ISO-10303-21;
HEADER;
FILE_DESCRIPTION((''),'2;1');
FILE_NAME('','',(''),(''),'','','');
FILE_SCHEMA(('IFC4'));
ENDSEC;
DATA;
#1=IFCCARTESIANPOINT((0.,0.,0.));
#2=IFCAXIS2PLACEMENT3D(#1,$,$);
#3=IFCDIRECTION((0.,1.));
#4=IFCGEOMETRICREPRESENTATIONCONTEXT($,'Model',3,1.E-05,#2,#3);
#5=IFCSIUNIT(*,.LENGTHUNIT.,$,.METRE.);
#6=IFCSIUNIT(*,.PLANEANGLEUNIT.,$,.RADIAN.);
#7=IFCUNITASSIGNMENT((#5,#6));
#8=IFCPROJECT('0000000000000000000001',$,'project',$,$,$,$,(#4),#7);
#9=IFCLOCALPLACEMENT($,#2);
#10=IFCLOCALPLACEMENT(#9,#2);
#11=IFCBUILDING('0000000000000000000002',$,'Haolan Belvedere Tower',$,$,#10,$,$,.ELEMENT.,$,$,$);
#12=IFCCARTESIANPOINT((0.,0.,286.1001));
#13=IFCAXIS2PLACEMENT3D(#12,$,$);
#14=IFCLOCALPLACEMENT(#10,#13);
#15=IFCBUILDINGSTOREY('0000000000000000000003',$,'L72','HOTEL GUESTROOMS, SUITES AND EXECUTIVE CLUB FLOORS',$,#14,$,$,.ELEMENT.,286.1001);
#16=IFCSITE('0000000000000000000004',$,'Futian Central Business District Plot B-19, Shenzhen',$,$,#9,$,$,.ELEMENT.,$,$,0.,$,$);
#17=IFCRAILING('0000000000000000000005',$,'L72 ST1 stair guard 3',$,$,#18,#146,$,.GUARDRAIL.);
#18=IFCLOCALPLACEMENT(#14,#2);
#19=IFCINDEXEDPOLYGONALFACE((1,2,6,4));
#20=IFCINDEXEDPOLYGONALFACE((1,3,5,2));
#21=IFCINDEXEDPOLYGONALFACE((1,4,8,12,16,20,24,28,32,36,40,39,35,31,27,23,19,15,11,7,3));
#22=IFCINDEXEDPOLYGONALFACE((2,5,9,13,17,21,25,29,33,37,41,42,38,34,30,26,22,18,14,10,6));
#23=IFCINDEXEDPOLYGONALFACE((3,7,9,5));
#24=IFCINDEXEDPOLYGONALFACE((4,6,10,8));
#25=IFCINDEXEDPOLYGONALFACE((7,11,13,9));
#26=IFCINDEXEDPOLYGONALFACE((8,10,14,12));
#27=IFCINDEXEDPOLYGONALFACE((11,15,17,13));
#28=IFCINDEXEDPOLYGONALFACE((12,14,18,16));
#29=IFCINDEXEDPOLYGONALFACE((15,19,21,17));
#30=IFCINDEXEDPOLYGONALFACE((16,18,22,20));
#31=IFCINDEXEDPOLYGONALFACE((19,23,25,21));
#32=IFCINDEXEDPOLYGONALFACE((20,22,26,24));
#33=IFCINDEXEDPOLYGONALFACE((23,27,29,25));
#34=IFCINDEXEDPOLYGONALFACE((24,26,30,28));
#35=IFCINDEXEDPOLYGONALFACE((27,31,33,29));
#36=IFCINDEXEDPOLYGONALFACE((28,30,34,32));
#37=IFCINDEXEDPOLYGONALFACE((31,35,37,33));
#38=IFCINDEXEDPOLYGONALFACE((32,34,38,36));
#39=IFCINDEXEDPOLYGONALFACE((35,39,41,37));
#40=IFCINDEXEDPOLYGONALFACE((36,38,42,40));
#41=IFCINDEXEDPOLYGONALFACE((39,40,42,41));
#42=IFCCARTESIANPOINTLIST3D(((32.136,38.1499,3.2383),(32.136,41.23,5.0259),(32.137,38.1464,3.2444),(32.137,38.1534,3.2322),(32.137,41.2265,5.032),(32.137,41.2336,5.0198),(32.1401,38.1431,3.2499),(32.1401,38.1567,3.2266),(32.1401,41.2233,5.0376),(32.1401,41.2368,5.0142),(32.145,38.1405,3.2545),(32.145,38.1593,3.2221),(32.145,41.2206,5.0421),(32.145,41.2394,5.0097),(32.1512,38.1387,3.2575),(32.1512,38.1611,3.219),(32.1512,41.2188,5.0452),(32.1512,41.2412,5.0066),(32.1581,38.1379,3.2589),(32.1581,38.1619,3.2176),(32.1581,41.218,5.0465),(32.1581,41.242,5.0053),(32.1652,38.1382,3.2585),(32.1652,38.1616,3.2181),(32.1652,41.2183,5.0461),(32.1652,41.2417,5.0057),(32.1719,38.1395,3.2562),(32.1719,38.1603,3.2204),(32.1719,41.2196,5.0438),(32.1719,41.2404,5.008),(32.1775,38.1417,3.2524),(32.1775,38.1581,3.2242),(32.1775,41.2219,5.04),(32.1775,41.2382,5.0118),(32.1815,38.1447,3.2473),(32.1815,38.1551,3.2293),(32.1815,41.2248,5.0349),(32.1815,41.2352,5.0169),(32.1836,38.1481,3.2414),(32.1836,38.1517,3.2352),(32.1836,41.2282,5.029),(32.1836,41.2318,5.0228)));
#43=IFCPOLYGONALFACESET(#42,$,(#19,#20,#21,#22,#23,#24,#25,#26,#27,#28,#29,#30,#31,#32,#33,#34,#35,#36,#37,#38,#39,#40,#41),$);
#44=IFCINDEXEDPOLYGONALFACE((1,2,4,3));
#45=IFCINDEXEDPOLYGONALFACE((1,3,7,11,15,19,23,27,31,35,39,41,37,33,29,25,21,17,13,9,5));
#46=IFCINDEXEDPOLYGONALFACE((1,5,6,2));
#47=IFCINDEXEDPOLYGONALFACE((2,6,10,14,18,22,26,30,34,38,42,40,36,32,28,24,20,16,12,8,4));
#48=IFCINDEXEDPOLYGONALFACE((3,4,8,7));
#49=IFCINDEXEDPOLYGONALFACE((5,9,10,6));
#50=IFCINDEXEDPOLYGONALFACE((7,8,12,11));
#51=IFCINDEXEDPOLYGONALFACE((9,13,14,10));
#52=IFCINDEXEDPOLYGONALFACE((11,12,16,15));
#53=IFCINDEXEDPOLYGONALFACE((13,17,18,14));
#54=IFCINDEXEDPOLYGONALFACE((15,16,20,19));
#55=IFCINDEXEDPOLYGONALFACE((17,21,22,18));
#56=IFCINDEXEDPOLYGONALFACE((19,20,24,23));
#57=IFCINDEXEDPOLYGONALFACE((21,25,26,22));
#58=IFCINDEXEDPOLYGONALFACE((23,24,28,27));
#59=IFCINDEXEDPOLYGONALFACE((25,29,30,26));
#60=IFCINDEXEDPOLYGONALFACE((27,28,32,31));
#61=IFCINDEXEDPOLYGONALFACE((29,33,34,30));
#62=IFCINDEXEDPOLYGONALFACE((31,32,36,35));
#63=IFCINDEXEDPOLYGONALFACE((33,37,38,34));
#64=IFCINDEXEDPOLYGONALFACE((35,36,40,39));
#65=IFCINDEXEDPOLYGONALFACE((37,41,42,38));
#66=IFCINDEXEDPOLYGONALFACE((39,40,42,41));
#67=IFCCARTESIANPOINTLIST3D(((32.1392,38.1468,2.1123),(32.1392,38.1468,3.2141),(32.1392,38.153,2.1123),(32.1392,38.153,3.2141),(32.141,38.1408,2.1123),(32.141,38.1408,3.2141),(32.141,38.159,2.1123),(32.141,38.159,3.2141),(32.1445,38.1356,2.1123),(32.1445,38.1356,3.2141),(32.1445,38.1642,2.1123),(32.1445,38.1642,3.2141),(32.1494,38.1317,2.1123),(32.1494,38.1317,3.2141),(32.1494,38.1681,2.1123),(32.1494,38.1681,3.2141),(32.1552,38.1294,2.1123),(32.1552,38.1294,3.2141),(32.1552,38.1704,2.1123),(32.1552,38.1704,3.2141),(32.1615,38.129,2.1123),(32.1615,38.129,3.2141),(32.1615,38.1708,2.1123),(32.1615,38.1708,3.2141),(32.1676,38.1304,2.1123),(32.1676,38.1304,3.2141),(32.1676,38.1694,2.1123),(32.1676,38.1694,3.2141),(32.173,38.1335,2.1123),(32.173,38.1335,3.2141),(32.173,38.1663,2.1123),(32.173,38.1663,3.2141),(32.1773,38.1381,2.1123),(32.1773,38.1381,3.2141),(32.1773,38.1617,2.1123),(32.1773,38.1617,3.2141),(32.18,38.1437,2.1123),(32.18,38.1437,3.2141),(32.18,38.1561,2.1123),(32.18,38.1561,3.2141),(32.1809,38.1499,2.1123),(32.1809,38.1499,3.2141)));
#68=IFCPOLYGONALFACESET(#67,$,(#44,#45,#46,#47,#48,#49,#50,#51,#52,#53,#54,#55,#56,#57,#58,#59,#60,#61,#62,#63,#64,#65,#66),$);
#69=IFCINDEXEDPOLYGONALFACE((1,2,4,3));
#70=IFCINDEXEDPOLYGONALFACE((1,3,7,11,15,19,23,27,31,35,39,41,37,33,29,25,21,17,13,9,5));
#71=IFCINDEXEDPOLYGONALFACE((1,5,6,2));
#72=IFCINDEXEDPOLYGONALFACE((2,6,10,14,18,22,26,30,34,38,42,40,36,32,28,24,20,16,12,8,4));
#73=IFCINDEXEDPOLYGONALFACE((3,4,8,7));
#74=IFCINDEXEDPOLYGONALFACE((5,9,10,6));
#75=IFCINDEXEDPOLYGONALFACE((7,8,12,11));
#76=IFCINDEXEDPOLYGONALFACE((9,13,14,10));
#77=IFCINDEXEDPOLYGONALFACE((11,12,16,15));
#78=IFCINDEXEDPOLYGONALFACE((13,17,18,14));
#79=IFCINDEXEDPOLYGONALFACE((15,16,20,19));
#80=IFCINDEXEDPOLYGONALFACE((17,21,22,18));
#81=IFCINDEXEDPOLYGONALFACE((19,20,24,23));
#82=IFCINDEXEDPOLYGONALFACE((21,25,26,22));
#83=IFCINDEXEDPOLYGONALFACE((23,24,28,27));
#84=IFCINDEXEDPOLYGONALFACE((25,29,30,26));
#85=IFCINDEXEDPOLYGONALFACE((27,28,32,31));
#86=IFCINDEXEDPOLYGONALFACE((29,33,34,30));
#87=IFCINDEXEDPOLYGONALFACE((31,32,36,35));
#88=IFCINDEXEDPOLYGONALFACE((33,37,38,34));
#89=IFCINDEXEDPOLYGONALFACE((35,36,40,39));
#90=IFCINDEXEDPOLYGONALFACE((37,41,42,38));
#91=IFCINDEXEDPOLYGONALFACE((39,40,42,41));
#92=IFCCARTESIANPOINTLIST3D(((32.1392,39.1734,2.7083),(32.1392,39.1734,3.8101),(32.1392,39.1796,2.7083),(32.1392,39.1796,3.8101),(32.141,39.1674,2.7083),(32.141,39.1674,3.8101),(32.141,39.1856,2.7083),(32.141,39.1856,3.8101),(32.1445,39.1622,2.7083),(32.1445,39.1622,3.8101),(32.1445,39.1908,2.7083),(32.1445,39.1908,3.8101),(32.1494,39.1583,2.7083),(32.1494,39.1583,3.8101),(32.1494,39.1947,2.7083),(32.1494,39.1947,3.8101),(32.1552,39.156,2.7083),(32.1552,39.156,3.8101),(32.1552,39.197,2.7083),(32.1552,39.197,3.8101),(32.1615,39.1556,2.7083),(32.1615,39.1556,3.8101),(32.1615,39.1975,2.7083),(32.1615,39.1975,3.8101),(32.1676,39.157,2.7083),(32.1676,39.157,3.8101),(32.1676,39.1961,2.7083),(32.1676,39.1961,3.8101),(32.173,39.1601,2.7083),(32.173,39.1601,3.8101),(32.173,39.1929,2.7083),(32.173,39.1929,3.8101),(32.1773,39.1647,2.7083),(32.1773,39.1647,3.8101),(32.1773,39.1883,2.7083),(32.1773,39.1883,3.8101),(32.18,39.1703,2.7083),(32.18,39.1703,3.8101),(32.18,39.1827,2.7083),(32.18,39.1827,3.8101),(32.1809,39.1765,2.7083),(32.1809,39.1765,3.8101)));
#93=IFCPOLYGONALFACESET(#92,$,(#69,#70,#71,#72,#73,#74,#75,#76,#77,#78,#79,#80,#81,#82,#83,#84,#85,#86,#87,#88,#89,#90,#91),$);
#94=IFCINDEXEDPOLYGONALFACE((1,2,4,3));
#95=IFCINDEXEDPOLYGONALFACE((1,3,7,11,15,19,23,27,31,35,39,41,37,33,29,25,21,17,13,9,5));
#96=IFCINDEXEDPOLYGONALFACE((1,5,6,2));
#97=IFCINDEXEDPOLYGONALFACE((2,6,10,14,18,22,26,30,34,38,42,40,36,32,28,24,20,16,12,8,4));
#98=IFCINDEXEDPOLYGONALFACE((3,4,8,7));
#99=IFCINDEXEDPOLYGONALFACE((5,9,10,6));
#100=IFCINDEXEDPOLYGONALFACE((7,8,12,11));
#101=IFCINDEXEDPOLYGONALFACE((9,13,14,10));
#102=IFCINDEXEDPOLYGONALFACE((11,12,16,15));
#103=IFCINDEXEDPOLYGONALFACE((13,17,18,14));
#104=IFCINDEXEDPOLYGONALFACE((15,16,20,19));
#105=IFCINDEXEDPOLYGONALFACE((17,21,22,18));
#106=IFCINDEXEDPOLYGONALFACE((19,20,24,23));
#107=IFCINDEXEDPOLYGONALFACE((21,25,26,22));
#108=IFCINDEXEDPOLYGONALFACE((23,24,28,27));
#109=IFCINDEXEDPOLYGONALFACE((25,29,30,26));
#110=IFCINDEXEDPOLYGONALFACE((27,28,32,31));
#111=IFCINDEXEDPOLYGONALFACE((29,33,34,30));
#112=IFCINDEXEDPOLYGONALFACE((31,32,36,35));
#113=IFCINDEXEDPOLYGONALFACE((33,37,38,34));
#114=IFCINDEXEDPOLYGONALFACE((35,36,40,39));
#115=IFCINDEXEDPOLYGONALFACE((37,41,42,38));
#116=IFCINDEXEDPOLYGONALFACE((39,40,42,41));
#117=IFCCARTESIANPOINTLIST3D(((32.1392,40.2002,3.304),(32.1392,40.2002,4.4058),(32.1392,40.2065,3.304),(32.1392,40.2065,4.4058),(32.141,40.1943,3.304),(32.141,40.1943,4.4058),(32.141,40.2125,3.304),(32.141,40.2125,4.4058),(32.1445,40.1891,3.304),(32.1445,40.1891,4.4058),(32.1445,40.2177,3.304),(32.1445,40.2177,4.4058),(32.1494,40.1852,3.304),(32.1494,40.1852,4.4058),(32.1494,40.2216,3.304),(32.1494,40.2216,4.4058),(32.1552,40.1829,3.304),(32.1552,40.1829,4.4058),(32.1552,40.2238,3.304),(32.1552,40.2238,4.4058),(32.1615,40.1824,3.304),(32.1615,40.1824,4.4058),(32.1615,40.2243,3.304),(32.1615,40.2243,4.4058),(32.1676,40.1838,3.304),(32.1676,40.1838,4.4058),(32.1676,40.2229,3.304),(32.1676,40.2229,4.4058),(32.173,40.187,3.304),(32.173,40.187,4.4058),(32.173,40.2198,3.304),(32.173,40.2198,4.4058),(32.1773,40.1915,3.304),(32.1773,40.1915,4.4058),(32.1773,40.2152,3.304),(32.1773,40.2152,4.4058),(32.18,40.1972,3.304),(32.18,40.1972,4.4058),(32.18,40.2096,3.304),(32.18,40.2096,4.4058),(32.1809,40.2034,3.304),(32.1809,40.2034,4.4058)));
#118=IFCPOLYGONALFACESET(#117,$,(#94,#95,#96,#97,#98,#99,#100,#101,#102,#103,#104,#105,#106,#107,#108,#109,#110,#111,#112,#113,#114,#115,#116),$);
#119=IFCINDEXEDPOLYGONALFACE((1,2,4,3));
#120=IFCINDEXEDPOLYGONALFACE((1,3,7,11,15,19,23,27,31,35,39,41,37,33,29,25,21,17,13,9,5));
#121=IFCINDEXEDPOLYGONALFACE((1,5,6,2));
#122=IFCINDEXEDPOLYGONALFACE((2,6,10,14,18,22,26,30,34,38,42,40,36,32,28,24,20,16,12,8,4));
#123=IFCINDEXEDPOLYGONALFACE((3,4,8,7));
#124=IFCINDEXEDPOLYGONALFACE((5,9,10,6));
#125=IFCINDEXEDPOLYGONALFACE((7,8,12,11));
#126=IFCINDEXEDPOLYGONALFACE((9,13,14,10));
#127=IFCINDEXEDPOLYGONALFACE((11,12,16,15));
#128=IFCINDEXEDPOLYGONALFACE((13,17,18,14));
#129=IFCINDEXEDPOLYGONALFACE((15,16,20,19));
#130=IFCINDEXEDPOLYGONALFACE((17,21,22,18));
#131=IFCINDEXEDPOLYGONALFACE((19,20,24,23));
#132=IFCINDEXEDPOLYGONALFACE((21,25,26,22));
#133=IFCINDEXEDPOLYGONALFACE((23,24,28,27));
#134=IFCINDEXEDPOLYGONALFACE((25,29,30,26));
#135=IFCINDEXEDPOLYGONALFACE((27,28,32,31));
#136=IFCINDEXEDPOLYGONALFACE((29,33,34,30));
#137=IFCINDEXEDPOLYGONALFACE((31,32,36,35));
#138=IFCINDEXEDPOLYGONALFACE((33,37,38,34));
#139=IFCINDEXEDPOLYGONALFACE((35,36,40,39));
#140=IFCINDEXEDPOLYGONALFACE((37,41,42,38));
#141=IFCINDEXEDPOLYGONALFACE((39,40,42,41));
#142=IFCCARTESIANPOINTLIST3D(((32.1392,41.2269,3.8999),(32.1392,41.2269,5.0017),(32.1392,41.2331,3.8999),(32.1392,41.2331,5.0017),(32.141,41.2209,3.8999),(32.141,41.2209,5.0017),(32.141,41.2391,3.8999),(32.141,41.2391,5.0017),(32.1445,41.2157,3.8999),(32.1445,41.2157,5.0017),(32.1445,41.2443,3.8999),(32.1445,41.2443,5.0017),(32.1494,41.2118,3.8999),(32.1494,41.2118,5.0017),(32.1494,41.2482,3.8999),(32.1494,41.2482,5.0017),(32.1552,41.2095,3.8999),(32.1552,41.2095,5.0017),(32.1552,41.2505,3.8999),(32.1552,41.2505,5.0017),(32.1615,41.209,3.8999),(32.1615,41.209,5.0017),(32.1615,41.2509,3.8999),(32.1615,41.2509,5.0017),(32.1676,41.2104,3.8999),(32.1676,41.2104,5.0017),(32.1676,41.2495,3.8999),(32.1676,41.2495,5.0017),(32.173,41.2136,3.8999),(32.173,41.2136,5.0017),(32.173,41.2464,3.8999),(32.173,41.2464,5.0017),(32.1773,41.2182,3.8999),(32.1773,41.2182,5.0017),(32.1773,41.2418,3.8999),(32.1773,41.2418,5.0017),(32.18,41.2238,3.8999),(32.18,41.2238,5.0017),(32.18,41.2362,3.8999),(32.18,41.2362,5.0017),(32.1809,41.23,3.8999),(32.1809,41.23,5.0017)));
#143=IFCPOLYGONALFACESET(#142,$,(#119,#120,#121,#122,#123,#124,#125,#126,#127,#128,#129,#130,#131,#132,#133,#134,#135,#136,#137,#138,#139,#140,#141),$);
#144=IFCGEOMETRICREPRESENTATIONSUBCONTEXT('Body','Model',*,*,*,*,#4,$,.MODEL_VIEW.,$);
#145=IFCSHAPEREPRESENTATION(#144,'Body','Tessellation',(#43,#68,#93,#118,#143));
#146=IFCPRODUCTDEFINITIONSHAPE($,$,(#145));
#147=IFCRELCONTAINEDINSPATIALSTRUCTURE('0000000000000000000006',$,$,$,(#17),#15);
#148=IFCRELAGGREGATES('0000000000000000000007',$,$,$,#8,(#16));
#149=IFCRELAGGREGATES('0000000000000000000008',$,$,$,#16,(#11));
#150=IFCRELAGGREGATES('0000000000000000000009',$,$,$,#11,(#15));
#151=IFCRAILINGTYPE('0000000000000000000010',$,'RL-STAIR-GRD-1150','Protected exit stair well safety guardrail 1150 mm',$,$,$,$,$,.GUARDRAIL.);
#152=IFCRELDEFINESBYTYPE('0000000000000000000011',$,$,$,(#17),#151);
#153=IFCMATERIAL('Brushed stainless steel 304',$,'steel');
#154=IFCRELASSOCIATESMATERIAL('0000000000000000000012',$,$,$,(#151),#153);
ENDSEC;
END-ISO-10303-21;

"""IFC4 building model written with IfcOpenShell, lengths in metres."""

from ifc_helpers import new_model, si_unit, direction, frame, origin, origin_2d, place, context, subcontext, project, spatial, circle, extrude, material, type_object, element, save


model = new_model("IFC4")

# Units and contexts
model_context = context("Model", 3, precision=1e-05, world=origin(), true_north=direction((0.0, 1.0)))
body_context = subcontext(model_context, "Body", "Model", "MODEL_VIEW")
ifc_project = project(units=[si_unit("LENGTHUNIT", "METRE"), si_unit("PLANEANGLEUNIT", "RADIAN")], contexts=[model_context])

# Site, building, storey
site_placement = place(None, origin())
site = spatial("IfcSite", under=ifc_project, at=site_placement, Name="Futian Central Business District Plot B-19, Shenzhen", CompositionType="ELEMENT", RefElevation=0.0)
building_placement = place(site_placement, origin())
building = spatial("IfcBuilding", under=site, at=building_placement, Name="Haolan Belvedere Tower", CompositionType="ELEMENT")
storey_placement = place(building_placement, frame((0.0, 0.0, 286.1001)))
storey = spatial("IfcBuildingStorey", under=building, at=storey_placement, Name="L72", Description="HOTEL GUESTROOMS, SUITES AND EXECUTIVE CLUB FLOORS", CompositionType="ELEMENT", Elevation=286.1001)

# Railing
ifc_material_1 = material(Name="Brushed stainless steel 304", Category="steel")
railing_type_1 = type_object("IfcRailingType", Name="RL-STAIR-GRD-1150", Description="Protected exit stair well safety guardrail 1150 mm", PredefinedType="GUARDRAIL", material=ifc_material_1)
railing_1_placement = place(storey_placement, frame((32.1599, 38.1499, 2.1123)))
element("IfcRailing", 1, at=railing_1_placement, inside=storey, type_object=railing_type_1, Name="L72 ST1 stair guard 3", PredefinedType="GUARDRAIL", context=body_context, shape_type="SweptSolid", body=[
    extrude(circle(Radius=0.0239, at=origin_2d()), frame((0.0, 0.0, 1.126), z_axis=(0.0, 0.864891, 0.50196), x_axis=(-1.0, 0.0, 0.0)), (0.0, 0.0, 1.0), 3.5613),
    extrude(circle(Radius=0.021, at=origin_2d()), origin(), (0.0, 0.0, 1.0), 1.1018),
    extrude(circle(Radius=0.021, at=origin_2d()), frame((0.0, 1.0266, 0.5959)), (0.0, 0.0, 1.0), 1.1018),
    extrude(circle(Radius=0.021, at=origin_2d()), frame((0.0, 2.0535, 1.1917)), (0.0, 0.0, 1.0), 1.1018),
    extrude(circle(Radius=0.021, at=origin_2d()), frame((0.0, 3.0801, 1.7876)), (0.0, 0.0, 1.0), 1.1018),
])

save(model, "model.ifc")
